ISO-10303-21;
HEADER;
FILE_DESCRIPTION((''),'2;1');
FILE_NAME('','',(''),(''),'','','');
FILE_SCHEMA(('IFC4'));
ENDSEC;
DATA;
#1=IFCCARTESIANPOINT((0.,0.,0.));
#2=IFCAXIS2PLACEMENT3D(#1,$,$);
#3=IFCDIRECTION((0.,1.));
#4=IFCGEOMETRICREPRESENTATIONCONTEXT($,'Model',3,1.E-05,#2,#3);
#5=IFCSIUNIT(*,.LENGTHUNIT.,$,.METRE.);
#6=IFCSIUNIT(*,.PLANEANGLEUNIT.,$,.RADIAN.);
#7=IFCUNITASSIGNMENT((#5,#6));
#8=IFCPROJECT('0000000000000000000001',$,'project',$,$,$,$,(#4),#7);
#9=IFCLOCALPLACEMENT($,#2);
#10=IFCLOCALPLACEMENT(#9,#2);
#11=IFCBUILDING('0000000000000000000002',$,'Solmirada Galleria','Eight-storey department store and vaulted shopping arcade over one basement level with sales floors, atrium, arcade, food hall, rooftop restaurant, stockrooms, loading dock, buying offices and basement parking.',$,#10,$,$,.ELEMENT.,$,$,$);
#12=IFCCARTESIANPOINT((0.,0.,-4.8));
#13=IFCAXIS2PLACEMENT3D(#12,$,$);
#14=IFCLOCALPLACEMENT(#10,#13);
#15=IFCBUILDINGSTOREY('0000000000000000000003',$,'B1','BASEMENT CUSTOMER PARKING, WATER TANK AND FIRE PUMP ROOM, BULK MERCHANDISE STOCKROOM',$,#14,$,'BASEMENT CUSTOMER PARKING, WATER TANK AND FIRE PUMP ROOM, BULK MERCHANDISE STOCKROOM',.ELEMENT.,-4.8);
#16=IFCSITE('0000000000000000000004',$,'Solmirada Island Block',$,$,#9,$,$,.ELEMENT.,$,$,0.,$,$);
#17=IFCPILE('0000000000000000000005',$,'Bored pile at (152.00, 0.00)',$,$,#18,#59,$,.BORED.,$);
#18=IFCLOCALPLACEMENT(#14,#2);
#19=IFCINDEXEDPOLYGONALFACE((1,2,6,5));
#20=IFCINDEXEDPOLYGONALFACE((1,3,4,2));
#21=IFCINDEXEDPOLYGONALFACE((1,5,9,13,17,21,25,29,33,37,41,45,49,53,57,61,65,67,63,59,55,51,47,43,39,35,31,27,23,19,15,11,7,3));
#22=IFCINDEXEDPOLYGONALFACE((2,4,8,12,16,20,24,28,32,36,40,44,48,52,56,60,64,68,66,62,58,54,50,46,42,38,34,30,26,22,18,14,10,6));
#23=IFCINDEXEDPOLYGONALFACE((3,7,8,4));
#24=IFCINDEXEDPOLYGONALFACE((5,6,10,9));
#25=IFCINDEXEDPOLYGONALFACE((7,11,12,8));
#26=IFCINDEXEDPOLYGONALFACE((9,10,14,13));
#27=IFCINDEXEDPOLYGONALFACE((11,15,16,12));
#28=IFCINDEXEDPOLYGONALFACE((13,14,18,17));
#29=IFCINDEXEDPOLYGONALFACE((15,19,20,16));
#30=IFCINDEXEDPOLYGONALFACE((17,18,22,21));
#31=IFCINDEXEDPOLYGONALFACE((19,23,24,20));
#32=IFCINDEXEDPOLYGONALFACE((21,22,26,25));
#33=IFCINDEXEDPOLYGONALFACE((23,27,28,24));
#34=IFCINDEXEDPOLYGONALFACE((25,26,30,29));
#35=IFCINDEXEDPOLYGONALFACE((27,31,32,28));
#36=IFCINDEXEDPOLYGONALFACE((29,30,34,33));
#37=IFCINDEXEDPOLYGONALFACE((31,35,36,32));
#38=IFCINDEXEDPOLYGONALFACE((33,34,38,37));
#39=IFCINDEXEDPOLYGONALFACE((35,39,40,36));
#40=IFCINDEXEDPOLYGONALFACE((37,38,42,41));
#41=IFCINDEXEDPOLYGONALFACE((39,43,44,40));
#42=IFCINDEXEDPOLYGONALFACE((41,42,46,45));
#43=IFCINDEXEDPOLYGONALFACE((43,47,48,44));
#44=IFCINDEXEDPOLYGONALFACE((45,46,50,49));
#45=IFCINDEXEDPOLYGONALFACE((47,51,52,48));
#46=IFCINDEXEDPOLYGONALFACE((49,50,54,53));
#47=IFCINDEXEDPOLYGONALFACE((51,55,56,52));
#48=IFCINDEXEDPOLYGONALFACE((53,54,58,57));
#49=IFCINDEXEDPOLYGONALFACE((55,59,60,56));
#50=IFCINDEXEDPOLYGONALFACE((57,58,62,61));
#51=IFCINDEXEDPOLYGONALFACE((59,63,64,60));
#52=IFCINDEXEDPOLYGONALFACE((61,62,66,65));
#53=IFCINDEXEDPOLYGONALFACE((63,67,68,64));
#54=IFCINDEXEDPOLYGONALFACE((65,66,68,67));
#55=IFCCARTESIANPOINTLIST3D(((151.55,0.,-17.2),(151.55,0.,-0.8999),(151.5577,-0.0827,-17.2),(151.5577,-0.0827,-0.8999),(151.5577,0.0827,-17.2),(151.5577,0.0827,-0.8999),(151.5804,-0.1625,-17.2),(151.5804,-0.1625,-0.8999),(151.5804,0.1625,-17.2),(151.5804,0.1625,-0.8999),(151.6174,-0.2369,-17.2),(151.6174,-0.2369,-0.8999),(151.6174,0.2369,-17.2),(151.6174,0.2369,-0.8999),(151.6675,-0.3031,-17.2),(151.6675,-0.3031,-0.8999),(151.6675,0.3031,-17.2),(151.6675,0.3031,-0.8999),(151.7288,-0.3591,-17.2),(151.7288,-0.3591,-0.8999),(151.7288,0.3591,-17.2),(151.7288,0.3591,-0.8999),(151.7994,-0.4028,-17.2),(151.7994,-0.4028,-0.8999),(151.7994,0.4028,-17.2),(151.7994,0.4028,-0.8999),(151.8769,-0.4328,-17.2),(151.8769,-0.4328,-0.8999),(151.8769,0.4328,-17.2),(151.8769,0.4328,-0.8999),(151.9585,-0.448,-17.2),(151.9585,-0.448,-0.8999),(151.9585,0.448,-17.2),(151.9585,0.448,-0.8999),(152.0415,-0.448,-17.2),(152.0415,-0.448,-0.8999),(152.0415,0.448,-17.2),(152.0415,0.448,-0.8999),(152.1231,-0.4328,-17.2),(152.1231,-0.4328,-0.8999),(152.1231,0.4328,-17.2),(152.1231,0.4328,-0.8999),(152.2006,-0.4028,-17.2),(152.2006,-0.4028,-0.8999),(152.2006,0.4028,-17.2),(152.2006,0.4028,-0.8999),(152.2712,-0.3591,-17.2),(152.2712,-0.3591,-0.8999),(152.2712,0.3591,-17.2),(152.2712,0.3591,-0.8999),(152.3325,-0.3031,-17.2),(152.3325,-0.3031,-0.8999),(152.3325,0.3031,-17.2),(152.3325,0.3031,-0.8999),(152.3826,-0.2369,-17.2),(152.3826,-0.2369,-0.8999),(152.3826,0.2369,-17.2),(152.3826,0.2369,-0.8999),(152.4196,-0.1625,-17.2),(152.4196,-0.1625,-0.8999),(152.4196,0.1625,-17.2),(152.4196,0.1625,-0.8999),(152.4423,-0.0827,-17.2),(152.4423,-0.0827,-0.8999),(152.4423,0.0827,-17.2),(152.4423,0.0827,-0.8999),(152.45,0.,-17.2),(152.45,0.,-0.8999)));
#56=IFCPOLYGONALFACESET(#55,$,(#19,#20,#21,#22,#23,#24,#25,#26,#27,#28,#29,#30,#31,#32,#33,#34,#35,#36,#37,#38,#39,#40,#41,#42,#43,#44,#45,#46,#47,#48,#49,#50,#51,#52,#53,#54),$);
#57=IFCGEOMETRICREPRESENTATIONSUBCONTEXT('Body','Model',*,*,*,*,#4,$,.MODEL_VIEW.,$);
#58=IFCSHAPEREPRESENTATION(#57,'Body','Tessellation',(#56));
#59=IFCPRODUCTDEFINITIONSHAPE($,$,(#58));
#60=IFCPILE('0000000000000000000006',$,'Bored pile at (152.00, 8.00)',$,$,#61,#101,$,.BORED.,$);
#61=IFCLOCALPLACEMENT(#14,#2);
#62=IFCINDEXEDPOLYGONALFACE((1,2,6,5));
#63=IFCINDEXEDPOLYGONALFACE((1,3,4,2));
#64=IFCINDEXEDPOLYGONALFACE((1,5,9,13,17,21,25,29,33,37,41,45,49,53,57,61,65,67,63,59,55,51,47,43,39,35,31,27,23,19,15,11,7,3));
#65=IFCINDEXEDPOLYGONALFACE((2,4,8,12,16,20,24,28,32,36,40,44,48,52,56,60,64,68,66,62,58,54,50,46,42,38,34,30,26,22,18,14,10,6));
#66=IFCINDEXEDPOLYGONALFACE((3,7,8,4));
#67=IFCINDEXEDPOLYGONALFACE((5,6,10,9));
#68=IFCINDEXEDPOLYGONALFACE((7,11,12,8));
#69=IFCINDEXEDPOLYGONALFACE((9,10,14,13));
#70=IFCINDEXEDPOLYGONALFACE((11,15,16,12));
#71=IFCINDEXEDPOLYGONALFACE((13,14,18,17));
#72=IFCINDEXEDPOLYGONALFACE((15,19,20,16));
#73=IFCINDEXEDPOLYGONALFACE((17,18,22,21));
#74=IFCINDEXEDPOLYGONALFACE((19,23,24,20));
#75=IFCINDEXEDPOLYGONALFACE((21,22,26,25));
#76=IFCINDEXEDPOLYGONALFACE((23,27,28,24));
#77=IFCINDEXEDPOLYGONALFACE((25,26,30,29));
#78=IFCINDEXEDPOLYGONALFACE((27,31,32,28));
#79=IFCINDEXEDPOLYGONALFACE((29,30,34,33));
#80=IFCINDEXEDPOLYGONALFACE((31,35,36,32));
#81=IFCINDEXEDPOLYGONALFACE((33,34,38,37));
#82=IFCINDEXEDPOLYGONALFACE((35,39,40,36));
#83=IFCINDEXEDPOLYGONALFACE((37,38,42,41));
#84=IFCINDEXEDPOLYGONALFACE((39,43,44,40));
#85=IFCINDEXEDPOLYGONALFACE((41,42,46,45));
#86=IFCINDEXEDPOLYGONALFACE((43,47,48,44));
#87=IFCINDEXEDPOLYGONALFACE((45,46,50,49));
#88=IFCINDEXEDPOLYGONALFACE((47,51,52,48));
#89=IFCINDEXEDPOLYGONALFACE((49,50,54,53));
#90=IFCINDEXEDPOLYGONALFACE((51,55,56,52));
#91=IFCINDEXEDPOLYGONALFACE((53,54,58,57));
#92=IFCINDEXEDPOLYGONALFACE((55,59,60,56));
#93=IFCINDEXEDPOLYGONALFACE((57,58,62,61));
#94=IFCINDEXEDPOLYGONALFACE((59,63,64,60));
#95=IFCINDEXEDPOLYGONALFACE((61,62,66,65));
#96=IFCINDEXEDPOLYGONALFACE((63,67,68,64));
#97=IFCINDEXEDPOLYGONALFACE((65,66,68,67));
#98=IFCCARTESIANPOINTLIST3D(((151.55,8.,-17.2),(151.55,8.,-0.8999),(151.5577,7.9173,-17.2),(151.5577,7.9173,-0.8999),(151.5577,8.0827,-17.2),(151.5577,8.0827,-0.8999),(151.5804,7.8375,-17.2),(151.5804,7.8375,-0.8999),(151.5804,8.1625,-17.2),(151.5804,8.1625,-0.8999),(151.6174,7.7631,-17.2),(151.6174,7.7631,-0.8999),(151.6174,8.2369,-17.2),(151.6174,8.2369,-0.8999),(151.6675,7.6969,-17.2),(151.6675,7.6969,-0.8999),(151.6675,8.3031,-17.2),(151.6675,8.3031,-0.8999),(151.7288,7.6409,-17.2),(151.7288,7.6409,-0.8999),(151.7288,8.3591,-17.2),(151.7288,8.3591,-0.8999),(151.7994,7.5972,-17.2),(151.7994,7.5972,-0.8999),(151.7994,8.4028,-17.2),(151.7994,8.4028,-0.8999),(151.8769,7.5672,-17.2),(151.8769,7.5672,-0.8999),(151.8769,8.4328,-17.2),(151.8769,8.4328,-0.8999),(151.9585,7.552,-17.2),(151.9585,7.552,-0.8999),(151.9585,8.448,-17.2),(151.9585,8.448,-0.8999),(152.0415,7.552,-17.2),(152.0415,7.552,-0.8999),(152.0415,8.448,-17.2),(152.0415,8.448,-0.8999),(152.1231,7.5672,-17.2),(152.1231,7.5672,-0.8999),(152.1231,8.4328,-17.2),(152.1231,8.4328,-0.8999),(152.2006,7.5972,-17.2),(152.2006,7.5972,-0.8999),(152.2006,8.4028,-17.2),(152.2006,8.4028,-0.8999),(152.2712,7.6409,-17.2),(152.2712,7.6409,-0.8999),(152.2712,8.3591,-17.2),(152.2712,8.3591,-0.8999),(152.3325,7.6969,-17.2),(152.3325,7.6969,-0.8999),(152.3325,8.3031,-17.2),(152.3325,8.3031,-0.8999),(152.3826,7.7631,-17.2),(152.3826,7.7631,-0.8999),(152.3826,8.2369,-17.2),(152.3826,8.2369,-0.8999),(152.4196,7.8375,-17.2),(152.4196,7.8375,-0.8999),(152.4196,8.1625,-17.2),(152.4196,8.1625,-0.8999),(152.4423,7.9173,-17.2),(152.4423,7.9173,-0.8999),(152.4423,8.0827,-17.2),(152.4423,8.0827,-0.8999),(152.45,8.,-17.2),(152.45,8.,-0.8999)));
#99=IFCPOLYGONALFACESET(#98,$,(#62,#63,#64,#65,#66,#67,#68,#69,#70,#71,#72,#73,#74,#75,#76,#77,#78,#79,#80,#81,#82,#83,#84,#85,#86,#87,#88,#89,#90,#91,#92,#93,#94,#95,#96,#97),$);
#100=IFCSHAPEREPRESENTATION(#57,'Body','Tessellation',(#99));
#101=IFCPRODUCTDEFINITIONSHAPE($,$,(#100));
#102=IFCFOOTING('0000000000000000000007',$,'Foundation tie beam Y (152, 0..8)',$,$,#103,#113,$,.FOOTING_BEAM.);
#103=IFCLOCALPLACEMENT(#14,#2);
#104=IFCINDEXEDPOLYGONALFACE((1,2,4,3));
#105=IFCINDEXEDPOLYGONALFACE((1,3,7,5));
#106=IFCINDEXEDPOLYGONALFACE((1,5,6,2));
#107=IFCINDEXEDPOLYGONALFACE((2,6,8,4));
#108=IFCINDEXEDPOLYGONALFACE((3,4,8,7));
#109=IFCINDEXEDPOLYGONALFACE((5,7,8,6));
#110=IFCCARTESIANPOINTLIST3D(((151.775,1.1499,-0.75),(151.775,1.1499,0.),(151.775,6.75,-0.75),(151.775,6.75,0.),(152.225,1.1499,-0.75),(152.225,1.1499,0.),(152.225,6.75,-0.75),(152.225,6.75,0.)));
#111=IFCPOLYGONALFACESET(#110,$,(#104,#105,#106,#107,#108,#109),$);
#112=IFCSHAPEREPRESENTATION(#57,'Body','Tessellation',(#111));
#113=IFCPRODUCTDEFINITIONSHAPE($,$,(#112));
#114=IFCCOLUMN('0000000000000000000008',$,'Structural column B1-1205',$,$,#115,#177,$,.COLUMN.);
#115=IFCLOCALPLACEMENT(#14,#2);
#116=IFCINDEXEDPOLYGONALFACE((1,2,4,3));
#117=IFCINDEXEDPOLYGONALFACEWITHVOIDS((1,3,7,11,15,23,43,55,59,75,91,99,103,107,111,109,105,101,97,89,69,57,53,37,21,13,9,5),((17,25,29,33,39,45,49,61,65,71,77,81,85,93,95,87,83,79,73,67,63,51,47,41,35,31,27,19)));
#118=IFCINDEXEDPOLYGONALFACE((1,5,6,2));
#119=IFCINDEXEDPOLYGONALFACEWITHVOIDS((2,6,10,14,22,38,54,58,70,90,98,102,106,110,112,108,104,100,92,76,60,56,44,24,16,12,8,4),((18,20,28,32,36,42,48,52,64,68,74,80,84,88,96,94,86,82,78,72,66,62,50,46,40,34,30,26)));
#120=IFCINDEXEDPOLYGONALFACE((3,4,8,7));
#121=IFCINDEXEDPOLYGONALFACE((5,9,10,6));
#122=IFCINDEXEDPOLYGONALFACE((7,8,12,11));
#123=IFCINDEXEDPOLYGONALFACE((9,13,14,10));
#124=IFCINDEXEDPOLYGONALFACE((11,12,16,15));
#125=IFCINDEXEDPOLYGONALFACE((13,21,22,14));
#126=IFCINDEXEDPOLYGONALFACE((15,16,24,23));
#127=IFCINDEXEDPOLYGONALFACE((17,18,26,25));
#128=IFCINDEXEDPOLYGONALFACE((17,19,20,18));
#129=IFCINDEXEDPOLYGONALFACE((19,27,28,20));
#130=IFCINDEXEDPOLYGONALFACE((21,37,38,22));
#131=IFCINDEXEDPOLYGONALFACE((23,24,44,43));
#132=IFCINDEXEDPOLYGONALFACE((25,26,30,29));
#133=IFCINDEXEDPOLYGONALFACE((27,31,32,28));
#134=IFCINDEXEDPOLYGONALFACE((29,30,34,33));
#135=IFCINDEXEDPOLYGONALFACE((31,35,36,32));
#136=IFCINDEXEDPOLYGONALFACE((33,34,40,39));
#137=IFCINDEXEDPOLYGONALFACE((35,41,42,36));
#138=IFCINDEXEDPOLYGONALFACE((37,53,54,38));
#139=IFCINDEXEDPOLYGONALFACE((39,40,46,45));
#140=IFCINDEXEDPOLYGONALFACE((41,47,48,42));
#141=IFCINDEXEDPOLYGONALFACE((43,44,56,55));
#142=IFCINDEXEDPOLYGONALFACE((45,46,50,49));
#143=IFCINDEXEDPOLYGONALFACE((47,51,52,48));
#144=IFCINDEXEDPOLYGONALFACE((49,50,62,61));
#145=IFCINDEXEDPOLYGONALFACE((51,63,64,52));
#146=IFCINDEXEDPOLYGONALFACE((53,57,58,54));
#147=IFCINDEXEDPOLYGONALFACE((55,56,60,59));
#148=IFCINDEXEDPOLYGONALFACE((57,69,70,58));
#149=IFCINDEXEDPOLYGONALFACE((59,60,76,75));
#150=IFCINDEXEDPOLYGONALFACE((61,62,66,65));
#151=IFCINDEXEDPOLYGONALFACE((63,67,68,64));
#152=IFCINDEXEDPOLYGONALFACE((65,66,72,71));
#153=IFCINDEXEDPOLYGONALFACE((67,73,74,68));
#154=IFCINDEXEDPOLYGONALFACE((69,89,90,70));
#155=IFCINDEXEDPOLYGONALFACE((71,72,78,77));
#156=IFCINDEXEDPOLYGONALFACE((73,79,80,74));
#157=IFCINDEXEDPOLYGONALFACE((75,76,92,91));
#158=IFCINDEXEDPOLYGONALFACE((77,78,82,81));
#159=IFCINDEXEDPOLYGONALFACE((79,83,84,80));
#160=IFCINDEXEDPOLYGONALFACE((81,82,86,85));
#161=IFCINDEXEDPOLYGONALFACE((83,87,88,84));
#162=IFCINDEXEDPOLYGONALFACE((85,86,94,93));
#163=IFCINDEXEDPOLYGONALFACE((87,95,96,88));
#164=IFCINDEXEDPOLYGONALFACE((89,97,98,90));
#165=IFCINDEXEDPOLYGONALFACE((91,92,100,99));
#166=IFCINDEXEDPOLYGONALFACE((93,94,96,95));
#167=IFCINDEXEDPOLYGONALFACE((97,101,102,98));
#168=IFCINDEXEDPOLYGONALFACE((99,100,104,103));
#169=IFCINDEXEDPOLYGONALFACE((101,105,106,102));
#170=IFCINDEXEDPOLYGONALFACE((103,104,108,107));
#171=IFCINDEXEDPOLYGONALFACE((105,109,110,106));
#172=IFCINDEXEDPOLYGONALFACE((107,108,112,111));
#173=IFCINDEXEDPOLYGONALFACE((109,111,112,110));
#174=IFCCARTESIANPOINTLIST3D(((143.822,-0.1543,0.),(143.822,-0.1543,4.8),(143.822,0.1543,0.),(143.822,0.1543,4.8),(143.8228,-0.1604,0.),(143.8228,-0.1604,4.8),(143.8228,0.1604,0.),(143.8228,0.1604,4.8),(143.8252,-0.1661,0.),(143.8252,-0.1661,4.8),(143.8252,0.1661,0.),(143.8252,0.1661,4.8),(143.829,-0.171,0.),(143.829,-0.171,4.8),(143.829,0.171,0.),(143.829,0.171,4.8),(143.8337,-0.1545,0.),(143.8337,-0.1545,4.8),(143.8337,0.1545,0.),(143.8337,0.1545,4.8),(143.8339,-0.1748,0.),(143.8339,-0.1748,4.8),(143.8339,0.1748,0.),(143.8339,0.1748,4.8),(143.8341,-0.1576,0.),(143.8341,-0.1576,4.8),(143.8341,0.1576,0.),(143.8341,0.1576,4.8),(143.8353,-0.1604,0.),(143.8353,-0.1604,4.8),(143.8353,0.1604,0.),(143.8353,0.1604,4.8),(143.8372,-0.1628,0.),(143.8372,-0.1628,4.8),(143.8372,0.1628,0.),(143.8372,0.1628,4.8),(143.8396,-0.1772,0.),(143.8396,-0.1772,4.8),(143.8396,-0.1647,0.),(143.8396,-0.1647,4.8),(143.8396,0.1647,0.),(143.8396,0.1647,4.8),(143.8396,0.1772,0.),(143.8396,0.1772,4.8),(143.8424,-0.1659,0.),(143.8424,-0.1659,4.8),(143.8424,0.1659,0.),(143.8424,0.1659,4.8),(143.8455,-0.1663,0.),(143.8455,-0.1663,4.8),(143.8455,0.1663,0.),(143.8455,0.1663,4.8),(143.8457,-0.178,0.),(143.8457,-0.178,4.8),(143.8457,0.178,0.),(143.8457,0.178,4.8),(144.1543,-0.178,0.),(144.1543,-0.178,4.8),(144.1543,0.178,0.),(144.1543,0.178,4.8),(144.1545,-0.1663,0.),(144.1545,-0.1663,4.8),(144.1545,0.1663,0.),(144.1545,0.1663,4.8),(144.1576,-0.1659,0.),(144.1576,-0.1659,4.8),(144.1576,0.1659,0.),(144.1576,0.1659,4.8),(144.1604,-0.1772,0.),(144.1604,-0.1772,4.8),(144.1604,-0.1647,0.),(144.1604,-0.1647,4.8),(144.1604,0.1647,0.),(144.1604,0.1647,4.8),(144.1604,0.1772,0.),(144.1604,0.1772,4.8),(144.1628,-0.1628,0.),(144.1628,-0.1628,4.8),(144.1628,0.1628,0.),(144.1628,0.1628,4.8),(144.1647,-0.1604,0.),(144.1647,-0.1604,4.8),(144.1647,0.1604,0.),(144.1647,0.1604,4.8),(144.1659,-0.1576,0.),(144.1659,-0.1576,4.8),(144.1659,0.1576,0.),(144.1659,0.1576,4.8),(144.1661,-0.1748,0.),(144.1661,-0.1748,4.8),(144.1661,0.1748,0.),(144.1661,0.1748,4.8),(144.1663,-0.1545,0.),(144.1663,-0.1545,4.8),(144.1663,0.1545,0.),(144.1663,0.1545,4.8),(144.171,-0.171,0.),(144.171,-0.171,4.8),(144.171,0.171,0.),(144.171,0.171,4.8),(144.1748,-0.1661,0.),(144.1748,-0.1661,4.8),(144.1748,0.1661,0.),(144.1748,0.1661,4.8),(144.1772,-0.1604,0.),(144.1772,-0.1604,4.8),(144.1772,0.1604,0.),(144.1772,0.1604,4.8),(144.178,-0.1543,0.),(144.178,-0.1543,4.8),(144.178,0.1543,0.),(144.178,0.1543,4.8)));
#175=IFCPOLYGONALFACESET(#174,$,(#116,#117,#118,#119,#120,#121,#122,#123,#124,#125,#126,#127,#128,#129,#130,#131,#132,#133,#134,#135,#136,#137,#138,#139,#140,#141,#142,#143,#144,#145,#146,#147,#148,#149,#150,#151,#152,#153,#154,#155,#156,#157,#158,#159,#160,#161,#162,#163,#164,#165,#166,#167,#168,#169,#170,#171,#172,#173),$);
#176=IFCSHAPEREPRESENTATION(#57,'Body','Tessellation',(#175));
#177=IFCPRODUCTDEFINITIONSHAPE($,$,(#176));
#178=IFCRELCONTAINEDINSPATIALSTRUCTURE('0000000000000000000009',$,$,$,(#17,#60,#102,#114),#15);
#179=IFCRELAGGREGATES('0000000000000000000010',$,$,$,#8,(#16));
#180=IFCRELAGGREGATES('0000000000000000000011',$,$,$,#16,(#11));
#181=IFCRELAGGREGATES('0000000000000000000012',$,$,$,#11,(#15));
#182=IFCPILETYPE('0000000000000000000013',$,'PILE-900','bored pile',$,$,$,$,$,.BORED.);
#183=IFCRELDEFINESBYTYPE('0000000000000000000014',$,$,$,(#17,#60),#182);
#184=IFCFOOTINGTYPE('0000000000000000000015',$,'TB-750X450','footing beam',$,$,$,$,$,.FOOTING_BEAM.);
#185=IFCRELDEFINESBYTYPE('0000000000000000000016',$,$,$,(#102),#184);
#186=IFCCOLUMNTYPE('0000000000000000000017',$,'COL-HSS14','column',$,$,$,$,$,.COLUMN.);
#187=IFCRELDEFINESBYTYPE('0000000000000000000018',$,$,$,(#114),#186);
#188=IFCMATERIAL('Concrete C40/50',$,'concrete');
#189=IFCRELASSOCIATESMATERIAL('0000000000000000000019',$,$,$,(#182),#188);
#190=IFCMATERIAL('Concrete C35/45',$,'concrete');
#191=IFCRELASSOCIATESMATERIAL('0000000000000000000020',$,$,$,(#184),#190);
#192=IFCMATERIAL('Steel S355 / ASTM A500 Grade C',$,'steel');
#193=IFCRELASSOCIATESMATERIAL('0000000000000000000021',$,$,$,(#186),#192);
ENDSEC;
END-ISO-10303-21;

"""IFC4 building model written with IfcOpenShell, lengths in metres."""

from ifc_helpers import new_model, si_unit, direction, frame, origin, origin_2d, place, context, subcontext, project, spatial, rectangle, hollow_rectangle, circle, extrude, material, material_profile, profile_set, type_object, element, save


model = new_model("IFC4")

# Units and contexts
model_context = context("Model", 3, precision=1e-05, world=origin(), true_north=direction((0.0, 1.0)))
body_context = subcontext(model_context, "Body", "Model", "MODEL_VIEW")
ifc_project = project(units=[si_unit("LENGTHUNIT", "METRE"), si_unit("PLANEANGLEUNIT", "RADIAN")], contexts=[model_context])

# Site, building, storey
site_placement = place(None, origin())
site = spatial("IfcSite", under=ifc_project, at=site_placement, Name="Solmirada Island Block", CompositionType="ELEMENT", RefElevation=0.0)
building_placement = place(site_placement, origin())
building = spatial("IfcBuilding", under=site, at=building_placement, Name="Solmirada Galleria", Description="Eight-storey department store and vaulted shopping arcade over one basement level with sales floors, atrium, arcade, food hall, rooftop restaurant, stockrooms, loading dock, buying offices and basement parking.", CompositionType="ELEMENT")
storey_placement = place(building_placement, frame((0.0, 0.0, -4.8)))
storey = spatial("IfcBuildingStorey", under=building, at=storey_placement, Name="B1", Description="BASEMENT CUSTOMER PARKING, WATER TANK AND FIRE PUMP ROOM, BULK MERCHANDISE STOCKROOM", LongName="BASEMENT CUSTOMER PARKING, WATER TANK AND FIRE PUMP ROOM, BULK MERCHANDISE STOCKROOM", CompositionType="ELEMENT", Elevation=-4.8)

# Shared definitions
ifc_material_1 = material(Name="Concrete C35/45", Category="concrete")

# Piles
ifc_material_2 = material(Name="Concrete C40/50", Category="concrete")
ifc_material_profile_1 = material_profile(ifc_material_2, circle(Radius=0.45, at=origin_2d()), Name="PILE900")
ifc_profile_set_1 = profile_set([ifc_material_profile_1], Name="Concrete C40/50")
pile_type_1 = type_object("IfcPileType", Name="PILE-900", Description="bored pile", PredefinedType="BORED", material=ifc_profile_set_1)
for number, where, z_axis, x_axis, name in (
    (1, (152.0, 0.0, -0.8999), (0.0, 0.0, -1.0), (1.0, 0.0, 0.0), "Bored pile at (152.00, 0.00)"),
    (2, (152.0, 8.0, -0.8999), (0.0, 0.0, -1.0), (1.0, 0.0, 0.0), "Bored pile at (152.00, 8.00)"),
):
    element("IfcPile", number, at=place(storey_placement, frame(where, z_axis=z_axis, x_axis=x_axis)), inside=storey, type_object=pile_type_1, Name=name, PredefinedType="BORED", context=body_context, shape_type="SweptSolid", body=[
        extrude(circle(Radius=0.45, at=origin_2d()), origin(), (0.0, 0.0, 1.0), 16.3),
    ])

# Footing
ifc_material_profile_2 = material_profile(ifc_material_1, rectangle(XDim=0.45, YDim=0.75, at=origin_2d()), Name="RC750X450")
ifc_profile_set_2 = profile_set([ifc_material_profile_2], Name="Concrete C35/45")
footing_type_1 = type_object("IfcFootingType", Name="TB-750X450", Description="footing beam", PredefinedType="FOOTING_BEAM", material=ifc_profile_set_2)
footing_1_placement = place(storey_placement, frame((152.0, 1.1499, -0.375), z_axis=(0.0, 1.0, 0.0), x_axis=(-1.0, 0.0, 0.0)))
element("IfcFooting", 3, at=footing_1_placement, inside=storey, type_object=footing_type_1, Name="Foundation tie beam Y (152, 0..8)", PredefinedType="FOOTING_BEAM", context=body_context, shape_type="SweptSolid", body=[
    extrude(rectangle(XDim=0.45, YDim=0.75, at=origin_2d()), origin(), (0.0, 0.0, 1.0), 5.6001),
])

# Column
ifc_material_3 = material(Name="Steel S355 / ASTM A500 Grade C", Category="steel")
ifc_material_profile_3 = material_profile(ifc_material_3, hollow_rectangle(XDim=0.356, YDim=0.356, WallThickness=0.0117, InnerFilletRadius=0.0117, OuterFilletRadius=0.0237, at=origin_2d()), Name="HSS14X14X1/2")
ifc_profile_set_3 = profile_set([ifc_material_profile_3], Name="Steel S355 / ASTM A500 Grade C")
column_type = type_object("IfcColumnType", Name="COL-HSS14", Description="column", PredefinedType="COLUMN", material=ifc_profile_set_3)
for number, where, z_axis, x_axis, name in (
    (4, (144.0, 0.0, 0.0), (0.0, 0.0, 1.0), (1.0, 0.0, 0.0), "Structural column B1-1205"),
):
    element("IfcColumn", number, at=place(storey_placement, frame(where, z_axis=z_axis, x_axis=x_axis)), inside=storey, type_object=column_type, Name=name, PredefinedType="COLUMN", context=body_context, shape_type="SweptSolid", body=[
        extrude(hollow_rectangle(XDim=0.356, YDim=0.356, WallThickness=0.0117, InnerFilletRadius=0.0117, OuterFilletRadius=0.0237, at=origin_2d()), origin(), (0.0, 0.0, 1.0), 4.8),
    ])

save(model, "model.ifc")
